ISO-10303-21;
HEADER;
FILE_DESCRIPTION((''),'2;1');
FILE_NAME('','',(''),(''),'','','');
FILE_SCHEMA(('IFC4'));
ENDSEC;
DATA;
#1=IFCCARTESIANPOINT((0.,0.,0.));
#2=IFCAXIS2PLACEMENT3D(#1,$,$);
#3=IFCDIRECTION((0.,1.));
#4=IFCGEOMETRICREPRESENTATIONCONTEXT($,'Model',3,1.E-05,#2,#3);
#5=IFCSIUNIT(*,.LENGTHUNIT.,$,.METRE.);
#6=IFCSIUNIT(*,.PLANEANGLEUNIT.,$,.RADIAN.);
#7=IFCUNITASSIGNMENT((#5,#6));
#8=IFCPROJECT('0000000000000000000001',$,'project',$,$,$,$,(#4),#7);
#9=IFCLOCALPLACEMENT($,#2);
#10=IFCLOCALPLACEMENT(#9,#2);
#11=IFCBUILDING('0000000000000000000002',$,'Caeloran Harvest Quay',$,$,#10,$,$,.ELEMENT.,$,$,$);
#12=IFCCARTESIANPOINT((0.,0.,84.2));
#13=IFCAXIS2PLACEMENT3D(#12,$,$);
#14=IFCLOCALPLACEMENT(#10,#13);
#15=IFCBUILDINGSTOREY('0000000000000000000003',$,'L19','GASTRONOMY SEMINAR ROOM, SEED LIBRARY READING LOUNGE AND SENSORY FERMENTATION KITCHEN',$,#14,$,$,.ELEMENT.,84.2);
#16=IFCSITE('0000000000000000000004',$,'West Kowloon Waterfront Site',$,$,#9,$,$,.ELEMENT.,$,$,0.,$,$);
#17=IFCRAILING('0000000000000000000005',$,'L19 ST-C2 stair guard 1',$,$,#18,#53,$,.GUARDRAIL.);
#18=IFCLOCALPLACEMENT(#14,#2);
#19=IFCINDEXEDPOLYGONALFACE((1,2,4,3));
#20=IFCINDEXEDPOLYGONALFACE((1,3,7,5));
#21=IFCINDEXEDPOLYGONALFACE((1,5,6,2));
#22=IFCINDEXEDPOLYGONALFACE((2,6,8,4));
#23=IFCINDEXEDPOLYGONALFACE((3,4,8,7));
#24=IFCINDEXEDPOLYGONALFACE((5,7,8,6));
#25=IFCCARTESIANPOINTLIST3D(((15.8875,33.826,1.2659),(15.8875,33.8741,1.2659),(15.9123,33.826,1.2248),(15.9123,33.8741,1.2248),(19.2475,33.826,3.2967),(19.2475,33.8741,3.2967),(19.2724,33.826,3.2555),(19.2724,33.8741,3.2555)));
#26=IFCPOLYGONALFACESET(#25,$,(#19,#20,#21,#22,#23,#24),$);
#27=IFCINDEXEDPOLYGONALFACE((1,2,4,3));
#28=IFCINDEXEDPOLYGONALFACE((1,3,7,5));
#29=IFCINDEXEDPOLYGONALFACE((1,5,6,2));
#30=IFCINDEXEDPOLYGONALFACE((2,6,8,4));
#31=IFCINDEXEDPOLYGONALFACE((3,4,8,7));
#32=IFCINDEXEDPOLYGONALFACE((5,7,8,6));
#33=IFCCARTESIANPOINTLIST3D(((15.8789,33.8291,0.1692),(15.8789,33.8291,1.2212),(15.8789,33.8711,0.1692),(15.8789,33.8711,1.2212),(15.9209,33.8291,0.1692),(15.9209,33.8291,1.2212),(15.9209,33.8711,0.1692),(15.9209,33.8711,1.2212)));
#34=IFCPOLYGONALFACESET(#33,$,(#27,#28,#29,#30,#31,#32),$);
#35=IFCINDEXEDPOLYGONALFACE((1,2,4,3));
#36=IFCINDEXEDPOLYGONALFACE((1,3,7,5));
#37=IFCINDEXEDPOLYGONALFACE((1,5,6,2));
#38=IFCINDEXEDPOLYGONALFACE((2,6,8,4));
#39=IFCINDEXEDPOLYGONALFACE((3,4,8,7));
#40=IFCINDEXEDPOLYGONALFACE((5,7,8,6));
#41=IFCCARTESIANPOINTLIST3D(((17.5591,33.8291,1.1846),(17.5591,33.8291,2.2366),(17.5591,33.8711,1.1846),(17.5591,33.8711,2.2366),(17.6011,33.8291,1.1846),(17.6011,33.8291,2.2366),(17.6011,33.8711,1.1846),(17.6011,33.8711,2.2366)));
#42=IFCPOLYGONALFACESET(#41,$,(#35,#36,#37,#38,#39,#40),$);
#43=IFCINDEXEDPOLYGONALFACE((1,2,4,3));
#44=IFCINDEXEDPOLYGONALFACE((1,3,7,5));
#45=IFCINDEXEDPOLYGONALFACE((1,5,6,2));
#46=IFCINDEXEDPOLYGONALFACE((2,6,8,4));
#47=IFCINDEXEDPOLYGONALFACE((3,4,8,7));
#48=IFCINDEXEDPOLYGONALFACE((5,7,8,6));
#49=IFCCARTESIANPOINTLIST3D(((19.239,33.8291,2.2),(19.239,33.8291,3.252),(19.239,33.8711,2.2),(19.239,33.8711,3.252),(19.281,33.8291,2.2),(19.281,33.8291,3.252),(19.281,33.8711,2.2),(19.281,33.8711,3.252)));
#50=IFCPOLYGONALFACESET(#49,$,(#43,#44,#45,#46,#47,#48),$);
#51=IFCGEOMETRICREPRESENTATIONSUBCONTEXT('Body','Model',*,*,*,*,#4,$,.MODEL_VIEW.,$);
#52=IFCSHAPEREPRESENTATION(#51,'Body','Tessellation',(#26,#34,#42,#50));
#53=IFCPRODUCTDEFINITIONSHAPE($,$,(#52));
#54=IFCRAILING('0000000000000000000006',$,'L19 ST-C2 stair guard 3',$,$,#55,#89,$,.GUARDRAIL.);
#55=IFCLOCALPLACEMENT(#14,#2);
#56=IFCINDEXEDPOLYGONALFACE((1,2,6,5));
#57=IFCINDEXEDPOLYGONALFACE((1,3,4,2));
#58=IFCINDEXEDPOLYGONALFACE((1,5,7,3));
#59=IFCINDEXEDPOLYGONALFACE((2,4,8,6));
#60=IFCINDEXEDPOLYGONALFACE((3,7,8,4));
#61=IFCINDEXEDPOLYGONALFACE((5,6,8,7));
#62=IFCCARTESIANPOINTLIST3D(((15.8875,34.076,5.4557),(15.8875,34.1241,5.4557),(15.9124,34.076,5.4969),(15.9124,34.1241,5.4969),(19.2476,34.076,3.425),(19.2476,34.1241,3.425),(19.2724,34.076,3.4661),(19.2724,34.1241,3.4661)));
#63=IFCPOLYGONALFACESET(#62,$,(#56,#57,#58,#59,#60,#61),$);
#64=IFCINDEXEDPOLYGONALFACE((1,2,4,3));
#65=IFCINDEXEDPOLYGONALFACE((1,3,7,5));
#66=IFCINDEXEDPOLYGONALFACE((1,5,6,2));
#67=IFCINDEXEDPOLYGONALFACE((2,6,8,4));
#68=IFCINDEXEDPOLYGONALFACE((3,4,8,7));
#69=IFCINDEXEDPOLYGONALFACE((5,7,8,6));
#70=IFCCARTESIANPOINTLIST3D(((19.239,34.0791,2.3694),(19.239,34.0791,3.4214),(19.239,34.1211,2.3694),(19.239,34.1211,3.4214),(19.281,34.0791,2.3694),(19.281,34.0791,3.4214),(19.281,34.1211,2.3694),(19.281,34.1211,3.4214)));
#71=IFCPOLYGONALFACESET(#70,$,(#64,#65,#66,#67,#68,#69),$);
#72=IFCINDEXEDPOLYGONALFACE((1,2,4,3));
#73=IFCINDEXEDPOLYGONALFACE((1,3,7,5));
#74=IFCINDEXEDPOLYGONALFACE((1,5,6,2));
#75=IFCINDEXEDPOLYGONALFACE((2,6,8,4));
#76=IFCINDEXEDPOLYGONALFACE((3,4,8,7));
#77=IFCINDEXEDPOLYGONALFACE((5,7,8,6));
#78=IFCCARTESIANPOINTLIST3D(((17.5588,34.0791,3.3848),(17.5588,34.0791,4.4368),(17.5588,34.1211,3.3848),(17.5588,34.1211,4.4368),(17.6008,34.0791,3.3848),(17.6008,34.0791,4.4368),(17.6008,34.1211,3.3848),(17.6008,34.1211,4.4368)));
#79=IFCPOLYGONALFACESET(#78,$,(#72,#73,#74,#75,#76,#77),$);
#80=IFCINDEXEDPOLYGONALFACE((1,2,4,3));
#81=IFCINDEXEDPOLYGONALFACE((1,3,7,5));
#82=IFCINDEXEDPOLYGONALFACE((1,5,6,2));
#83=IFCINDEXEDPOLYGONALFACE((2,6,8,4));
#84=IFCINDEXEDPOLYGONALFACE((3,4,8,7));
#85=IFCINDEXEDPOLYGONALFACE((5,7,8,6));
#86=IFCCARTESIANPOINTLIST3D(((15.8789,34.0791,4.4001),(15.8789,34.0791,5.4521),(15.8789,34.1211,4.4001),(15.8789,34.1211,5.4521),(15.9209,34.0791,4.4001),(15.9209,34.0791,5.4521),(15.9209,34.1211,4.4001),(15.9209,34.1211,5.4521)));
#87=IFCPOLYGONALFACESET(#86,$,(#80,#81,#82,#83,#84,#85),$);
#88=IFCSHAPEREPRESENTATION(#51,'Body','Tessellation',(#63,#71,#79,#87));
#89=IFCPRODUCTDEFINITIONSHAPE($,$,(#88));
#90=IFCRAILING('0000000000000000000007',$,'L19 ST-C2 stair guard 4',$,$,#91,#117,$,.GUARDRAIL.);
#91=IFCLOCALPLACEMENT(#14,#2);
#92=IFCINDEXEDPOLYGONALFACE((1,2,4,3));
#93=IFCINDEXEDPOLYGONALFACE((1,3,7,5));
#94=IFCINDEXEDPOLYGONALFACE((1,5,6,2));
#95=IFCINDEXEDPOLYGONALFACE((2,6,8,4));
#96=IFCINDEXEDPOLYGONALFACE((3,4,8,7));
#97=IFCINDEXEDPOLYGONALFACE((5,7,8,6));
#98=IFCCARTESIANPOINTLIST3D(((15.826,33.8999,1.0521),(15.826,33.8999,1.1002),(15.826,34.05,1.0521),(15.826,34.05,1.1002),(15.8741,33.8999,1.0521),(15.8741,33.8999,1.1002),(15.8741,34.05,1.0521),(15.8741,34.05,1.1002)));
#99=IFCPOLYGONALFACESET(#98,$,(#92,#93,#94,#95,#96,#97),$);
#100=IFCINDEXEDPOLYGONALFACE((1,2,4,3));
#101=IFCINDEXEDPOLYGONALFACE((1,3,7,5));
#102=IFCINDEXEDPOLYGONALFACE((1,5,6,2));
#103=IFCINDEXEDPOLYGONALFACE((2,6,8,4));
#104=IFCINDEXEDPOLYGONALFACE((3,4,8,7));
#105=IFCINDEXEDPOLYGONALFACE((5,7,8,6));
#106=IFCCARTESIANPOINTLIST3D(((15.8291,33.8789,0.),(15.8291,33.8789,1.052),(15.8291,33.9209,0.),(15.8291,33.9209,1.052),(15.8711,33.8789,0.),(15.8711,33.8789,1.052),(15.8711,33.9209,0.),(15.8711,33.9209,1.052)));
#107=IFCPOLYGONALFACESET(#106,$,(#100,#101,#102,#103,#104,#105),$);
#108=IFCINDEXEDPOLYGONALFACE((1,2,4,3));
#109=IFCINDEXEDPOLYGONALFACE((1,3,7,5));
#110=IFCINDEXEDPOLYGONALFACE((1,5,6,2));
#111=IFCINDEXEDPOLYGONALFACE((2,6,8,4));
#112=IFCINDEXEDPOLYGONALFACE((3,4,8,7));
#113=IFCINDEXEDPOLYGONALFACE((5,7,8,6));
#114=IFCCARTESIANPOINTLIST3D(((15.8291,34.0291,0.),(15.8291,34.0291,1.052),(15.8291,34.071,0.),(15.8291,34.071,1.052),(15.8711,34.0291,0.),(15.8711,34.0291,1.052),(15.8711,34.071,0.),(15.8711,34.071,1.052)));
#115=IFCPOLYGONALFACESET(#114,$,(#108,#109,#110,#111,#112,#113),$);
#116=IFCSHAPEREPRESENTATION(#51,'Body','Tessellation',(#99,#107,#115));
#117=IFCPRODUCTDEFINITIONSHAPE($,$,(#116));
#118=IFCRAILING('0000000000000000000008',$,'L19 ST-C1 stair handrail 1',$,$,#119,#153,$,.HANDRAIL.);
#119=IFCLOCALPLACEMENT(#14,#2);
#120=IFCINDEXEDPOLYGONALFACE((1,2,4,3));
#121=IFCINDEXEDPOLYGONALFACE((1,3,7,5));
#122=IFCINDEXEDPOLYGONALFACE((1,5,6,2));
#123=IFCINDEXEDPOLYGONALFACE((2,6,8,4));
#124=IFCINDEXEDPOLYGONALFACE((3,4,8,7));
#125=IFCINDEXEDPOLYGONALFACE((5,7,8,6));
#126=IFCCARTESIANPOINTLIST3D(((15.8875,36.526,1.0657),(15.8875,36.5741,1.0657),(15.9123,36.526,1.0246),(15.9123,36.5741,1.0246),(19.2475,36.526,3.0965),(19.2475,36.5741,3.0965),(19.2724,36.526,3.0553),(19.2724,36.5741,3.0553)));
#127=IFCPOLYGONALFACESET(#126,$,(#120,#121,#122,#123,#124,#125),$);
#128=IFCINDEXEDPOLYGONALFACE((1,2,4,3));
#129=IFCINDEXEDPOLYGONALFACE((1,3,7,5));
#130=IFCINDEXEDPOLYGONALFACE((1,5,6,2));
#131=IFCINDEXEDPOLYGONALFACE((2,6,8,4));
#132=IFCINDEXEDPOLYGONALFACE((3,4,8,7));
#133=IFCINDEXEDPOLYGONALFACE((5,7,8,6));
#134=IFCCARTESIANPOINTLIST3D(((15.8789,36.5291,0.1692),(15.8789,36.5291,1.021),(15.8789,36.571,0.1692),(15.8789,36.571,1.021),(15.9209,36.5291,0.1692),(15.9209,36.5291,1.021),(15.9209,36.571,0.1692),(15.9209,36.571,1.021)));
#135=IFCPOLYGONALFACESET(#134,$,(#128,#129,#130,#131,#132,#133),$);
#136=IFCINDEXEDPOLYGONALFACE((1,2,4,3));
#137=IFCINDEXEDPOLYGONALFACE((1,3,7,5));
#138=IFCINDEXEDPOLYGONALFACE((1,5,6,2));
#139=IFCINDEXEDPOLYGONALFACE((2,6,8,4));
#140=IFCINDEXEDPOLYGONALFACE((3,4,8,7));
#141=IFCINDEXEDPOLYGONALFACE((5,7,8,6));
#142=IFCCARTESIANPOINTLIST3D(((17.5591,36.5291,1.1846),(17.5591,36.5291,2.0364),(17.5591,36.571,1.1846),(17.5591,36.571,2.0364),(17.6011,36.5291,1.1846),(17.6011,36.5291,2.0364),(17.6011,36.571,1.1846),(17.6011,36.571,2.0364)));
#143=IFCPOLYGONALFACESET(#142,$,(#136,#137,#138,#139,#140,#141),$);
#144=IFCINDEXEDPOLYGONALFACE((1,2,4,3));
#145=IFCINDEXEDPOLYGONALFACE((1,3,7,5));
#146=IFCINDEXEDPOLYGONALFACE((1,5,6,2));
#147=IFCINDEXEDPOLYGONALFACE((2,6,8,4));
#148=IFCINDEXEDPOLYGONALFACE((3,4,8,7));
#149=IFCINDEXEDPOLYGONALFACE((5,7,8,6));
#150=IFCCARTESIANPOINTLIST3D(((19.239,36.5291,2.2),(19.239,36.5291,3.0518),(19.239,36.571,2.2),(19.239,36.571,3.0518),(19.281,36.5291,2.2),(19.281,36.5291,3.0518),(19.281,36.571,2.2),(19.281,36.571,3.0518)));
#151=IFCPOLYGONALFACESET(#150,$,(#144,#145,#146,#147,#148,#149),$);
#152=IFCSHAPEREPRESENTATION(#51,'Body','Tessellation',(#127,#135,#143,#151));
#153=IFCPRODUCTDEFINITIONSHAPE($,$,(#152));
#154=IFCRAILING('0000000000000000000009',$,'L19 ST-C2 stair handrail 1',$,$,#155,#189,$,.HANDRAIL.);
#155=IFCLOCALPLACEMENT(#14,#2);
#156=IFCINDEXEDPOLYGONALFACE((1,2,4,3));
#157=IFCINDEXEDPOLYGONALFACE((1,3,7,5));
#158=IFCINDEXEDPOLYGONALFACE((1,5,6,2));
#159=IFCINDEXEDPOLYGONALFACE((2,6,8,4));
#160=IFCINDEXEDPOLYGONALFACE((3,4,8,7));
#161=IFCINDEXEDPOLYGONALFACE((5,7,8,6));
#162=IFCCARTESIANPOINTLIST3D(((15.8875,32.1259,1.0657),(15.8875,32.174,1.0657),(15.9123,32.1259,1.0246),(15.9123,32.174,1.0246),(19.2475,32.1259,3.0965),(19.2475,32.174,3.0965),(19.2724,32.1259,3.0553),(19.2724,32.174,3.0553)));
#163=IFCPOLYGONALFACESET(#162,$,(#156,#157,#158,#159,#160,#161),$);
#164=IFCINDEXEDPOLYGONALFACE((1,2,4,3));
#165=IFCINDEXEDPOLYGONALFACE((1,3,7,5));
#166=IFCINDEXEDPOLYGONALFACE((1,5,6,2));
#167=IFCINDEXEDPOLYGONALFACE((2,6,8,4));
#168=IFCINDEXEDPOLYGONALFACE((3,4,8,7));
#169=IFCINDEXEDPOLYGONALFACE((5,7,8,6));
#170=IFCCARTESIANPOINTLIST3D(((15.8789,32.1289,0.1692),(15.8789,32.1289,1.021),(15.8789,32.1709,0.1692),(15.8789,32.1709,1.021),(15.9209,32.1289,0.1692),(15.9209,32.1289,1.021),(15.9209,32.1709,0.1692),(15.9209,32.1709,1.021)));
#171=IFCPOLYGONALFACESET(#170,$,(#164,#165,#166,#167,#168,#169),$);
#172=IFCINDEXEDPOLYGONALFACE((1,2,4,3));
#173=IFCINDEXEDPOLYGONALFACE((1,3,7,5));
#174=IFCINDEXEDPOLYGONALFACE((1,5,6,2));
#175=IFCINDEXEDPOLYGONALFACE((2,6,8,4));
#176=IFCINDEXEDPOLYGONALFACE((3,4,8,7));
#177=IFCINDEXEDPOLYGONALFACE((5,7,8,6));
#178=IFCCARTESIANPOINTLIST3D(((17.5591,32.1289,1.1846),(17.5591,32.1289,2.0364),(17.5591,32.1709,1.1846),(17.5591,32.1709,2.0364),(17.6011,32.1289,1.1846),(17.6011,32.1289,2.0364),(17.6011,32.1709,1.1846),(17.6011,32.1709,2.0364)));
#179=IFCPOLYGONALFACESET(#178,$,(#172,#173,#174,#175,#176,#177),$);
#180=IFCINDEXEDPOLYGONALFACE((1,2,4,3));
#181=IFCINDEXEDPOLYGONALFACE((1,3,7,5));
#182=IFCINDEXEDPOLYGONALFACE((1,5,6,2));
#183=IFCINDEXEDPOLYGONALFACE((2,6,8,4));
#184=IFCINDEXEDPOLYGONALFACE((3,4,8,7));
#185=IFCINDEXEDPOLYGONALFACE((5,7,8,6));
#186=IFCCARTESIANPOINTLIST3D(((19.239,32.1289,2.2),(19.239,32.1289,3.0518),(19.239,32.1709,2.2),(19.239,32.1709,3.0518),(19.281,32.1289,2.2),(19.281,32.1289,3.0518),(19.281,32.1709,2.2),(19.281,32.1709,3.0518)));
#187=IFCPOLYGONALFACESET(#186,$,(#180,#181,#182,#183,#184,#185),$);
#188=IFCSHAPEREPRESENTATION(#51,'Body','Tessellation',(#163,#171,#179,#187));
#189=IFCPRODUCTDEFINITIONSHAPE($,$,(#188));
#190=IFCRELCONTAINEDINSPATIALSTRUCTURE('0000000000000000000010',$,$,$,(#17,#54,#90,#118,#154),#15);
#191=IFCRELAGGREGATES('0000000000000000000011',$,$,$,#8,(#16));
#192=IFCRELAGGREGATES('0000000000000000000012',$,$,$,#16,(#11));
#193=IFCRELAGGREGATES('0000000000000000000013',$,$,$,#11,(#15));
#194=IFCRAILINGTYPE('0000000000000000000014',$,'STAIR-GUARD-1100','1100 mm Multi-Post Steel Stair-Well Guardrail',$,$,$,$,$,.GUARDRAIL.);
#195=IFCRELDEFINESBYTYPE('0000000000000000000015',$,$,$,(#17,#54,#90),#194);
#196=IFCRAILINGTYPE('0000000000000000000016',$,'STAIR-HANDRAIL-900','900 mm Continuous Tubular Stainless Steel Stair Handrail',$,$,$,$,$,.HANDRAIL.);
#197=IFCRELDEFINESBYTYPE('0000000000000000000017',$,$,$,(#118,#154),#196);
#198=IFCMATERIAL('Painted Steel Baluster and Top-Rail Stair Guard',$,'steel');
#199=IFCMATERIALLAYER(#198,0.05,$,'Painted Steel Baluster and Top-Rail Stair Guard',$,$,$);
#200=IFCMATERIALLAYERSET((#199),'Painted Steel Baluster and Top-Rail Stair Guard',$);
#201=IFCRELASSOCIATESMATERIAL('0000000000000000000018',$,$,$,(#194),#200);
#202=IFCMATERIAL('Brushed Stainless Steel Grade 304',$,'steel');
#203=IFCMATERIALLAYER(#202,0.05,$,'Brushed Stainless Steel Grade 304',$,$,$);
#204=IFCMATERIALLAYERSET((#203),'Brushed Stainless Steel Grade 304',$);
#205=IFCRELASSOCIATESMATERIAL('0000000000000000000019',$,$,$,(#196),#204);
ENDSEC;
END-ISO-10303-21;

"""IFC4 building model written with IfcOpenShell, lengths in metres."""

from ifc_helpers import new_model, si_unit, direction, frame, origin, origin_2d, place, context, subcontext, project, spatial, rectangle, extrude, material, layer, layer_set, type_object, element, save


model = new_model("IFC4")

# Units and contexts
model_context = context("Model", 3, precision=1e-05, world=origin(), true_north=direction((0.0, 1.0)))
body_context = subcontext(model_context, "Body", "Model", "MODEL_VIEW")
ifc_project = project(units=[si_unit("LENGTHUNIT", "METRE"), si_unit("PLANEANGLEUNIT", "RADIAN")], contexts=[model_context])

# Site, building, storey
site_placement = place(None, origin())
site = spatial("IfcSite", under=ifc_project, at=site_placement, Name="West Kowloon Waterfront Site", CompositionType="ELEMENT", RefElevation=0.0)
building_placement = place(site_placement, origin())
building = spatial("IfcBuilding", under=site, at=building_placement, Name="Caeloran Harvest Quay", CompositionType="ELEMENT")
storey_placement = place(building_placement, frame((0.0, 0.0, 84.2)))
storey = spatial("IfcBuildingStorey", under=building, at=storey_placement, Name="L19", Description="GASTRONOMY SEMINAR ROOM, SEED LIBRARY READING LOUNGE AND SENSORY FERMENTATION KITCHEN", CompositionType="ELEMENT", Elevation=84.2)

# Railings
ifc_material_1 = material(Name="Painted Steel Baluster and Top-Rail Stair Guard", Category="steel")
ifc_layer_1 = layer(ifc_material_1, 0.05, Name="Painted Steel Baluster and Top-Rail Stair Guard")
ifc_layer_set_1 = layer_set([ifc_layer_1], Name="Painted Steel Baluster and Top-Rail Stair Guard")
railing_type_1 = type_object("IfcRailingType", Name="STAIR-GUARD-1100", Description="1100 mm Multi-Post Steel Stair-Well Guardrail", PredefinedType="GUARDRAIL", material=ifc_layer_set_1)
railing_1_placement = place(storey_placement, frame((15.8999, 33.8501, 0.1692)))
element("IfcRailing", 1, at=railing_1_placement, inside=storey, type_object=railing_type_1, Name="L19 ST-C2 stair guard 1", PredefinedType="GUARDRAIL", context=body_context, shape_type="SweptSolid", body=[
    extrude(rectangle(XDim=0.0481, YDim=0.0481, at=origin_2d()), frame((0.0, 0.0, 1.0762), z_axis=(0.855837, 0.0, 0.517246), x_axis=(0.0, 1.0, 0.0)), (0.0, 0.0, 1.0), 3.926),
    extrude(rectangle(XDim=0.042, YDim=0.042, at=origin_2d()), origin(), (0.0, 0.0, 1.0), 1.052),
    extrude(rectangle(XDim=0.042, YDim=0.042, at=origin_2d()), frame((1.6802, 0.0, 1.0154)), (0.0, 0.0, 1.0), 1.052),
    extrude(rectangle(XDim=0.042, YDim=0.042, at=origin_2d()), frame((3.3601, 0.0, 2.0308)), (0.0, 0.0, 1.0), 1.052),
])
railing_2_placement = place(storey_placement, frame((19.26, 34.1001, 2.3694)))
element("IfcRailing", 2, at=railing_2_placement, inside=storey, type_object=railing_type_1, Name="L19 ST-C2 stair guard 3", PredefinedType="GUARDRAIL", context=body_context, shape_type="SweptSolid", body=[
    extrude(rectangle(XDim=0.0481, YDim=0.0481, at=origin_2d()), frame((0.0, 0.0, 1.0762), z_axis=(-0.855837, 0.0, 0.517246), x_axis=(0.0, -1.0, 0.0)), (0.0, 0.0, 1.0), 3.926),
    extrude(rectangle(XDim=0.042, YDim=0.042, at=origin_2d()), origin(), (0.0, 0.0, 1.0), 1.052),
    extrude(rectangle(XDim=0.042, YDim=0.042, at=origin_2d()), frame((-1.6802, 0.0, 1.0154)), (0.0, 0.0, 1.0), 1.052),
    extrude(rectangle(XDim=0.042, YDim=0.042, at=origin_2d()), frame((-3.3601, 0.0, 2.0308)), (0.0, 0.0, 1.0), 1.052),
])
railing_3_placement = place(storey_placement, frame((15.8501, 33.8999, 0.0)))
element("IfcRailing", 3, at=railing_3_placement, inside=storey, type_object=railing_type_1, Name="L19 ST-C2 stair guard 4", PredefinedType="GUARDRAIL", context=body_context, shape_type="SweptSolid", body=[
    extrude(rectangle(XDim=0.0481, YDim=0.0481, at=origin_2d()), frame((0.0, 0.0, 1.0762), z_axis=(0.0, 1.0, 0.0), x_axis=(-1.0, 0.0, 0.0)), (0.0, 0.0, 1.0), 0.1501),
    extrude(rectangle(XDim=0.042, YDim=0.042, at=origin_2d()), origin(), (0.0, 0.0, 1.0), 1.052),
    extrude(rectangle(XDim=0.042, YDim=0.042, at=origin_2d()), frame((0.0, 0.1501, 0.0)), (0.0, 0.0, 1.0), 1.052),
])
ifc_material_2 = material(Name="Brushed Stainless Steel Grade 304", Category="steel")
ifc_layer_2 = layer(ifc_material_2, 0.05, Name="Brushed Stainless Steel Grade 304")
ifc_layer_set_2 = layer_set([ifc_layer_2], Name="Brushed Stainless Steel Grade 304")
railing_type_2 = type_object("IfcRailingType", Name="STAIR-HANDRAIL-900", Description="900 mm Continuous Tubular Stainless Steel Stair Handrail", PredefinedType="HANDRAIL", material=ifc_layer_set_2)
for number, where, name in (
    (4, (15.8999, 36.55, 0.1692), "L19 ST-C1 stair handrail 1"),
    (5, (15.8999, 32.1499, 0.1692), "L19 ST-C2 stair handrail 1"),
):
    element("IfcRailing", number, at=place(storey_placement, frame(where)), inside=storey, type_object=railing_type_2, Name=name, PredefinedType="HANDRAIL", context=body_context, shape_type="SweptSolid", body=[
        extrude(rectangle(XDim=0.0481, YDim=0.0481, at=origin_2d()), frame((0.0, 0.0, 0.876), z_axis=(0.855837, 0.0, 0.517246), x_axis=(0.0, 1.0, 0.0)), (0.0, 0.0, 1.0), 3.926),
        extrude(rectangle(XDim=0.042, YDim=0.042, at=origin_2d()), origin(), (0.0, 0.0, 1.0), 0.8518),
        extrude(rectangle(XDim=0.042, YDim=0.042, at=origin_2d()), frame((1.6802, 0.0, 1.0154)), (0.0, 0.0, 1.0), 0.8518),
        extrude(rectangle(XDim=0.042, YDim=0.042, at=origin_2d()), frame((3.3601, 0.0, 2.0308)), (0.0, 0.0, 1.0), 0.8518),
    ])

save(model, "model.ifc")
